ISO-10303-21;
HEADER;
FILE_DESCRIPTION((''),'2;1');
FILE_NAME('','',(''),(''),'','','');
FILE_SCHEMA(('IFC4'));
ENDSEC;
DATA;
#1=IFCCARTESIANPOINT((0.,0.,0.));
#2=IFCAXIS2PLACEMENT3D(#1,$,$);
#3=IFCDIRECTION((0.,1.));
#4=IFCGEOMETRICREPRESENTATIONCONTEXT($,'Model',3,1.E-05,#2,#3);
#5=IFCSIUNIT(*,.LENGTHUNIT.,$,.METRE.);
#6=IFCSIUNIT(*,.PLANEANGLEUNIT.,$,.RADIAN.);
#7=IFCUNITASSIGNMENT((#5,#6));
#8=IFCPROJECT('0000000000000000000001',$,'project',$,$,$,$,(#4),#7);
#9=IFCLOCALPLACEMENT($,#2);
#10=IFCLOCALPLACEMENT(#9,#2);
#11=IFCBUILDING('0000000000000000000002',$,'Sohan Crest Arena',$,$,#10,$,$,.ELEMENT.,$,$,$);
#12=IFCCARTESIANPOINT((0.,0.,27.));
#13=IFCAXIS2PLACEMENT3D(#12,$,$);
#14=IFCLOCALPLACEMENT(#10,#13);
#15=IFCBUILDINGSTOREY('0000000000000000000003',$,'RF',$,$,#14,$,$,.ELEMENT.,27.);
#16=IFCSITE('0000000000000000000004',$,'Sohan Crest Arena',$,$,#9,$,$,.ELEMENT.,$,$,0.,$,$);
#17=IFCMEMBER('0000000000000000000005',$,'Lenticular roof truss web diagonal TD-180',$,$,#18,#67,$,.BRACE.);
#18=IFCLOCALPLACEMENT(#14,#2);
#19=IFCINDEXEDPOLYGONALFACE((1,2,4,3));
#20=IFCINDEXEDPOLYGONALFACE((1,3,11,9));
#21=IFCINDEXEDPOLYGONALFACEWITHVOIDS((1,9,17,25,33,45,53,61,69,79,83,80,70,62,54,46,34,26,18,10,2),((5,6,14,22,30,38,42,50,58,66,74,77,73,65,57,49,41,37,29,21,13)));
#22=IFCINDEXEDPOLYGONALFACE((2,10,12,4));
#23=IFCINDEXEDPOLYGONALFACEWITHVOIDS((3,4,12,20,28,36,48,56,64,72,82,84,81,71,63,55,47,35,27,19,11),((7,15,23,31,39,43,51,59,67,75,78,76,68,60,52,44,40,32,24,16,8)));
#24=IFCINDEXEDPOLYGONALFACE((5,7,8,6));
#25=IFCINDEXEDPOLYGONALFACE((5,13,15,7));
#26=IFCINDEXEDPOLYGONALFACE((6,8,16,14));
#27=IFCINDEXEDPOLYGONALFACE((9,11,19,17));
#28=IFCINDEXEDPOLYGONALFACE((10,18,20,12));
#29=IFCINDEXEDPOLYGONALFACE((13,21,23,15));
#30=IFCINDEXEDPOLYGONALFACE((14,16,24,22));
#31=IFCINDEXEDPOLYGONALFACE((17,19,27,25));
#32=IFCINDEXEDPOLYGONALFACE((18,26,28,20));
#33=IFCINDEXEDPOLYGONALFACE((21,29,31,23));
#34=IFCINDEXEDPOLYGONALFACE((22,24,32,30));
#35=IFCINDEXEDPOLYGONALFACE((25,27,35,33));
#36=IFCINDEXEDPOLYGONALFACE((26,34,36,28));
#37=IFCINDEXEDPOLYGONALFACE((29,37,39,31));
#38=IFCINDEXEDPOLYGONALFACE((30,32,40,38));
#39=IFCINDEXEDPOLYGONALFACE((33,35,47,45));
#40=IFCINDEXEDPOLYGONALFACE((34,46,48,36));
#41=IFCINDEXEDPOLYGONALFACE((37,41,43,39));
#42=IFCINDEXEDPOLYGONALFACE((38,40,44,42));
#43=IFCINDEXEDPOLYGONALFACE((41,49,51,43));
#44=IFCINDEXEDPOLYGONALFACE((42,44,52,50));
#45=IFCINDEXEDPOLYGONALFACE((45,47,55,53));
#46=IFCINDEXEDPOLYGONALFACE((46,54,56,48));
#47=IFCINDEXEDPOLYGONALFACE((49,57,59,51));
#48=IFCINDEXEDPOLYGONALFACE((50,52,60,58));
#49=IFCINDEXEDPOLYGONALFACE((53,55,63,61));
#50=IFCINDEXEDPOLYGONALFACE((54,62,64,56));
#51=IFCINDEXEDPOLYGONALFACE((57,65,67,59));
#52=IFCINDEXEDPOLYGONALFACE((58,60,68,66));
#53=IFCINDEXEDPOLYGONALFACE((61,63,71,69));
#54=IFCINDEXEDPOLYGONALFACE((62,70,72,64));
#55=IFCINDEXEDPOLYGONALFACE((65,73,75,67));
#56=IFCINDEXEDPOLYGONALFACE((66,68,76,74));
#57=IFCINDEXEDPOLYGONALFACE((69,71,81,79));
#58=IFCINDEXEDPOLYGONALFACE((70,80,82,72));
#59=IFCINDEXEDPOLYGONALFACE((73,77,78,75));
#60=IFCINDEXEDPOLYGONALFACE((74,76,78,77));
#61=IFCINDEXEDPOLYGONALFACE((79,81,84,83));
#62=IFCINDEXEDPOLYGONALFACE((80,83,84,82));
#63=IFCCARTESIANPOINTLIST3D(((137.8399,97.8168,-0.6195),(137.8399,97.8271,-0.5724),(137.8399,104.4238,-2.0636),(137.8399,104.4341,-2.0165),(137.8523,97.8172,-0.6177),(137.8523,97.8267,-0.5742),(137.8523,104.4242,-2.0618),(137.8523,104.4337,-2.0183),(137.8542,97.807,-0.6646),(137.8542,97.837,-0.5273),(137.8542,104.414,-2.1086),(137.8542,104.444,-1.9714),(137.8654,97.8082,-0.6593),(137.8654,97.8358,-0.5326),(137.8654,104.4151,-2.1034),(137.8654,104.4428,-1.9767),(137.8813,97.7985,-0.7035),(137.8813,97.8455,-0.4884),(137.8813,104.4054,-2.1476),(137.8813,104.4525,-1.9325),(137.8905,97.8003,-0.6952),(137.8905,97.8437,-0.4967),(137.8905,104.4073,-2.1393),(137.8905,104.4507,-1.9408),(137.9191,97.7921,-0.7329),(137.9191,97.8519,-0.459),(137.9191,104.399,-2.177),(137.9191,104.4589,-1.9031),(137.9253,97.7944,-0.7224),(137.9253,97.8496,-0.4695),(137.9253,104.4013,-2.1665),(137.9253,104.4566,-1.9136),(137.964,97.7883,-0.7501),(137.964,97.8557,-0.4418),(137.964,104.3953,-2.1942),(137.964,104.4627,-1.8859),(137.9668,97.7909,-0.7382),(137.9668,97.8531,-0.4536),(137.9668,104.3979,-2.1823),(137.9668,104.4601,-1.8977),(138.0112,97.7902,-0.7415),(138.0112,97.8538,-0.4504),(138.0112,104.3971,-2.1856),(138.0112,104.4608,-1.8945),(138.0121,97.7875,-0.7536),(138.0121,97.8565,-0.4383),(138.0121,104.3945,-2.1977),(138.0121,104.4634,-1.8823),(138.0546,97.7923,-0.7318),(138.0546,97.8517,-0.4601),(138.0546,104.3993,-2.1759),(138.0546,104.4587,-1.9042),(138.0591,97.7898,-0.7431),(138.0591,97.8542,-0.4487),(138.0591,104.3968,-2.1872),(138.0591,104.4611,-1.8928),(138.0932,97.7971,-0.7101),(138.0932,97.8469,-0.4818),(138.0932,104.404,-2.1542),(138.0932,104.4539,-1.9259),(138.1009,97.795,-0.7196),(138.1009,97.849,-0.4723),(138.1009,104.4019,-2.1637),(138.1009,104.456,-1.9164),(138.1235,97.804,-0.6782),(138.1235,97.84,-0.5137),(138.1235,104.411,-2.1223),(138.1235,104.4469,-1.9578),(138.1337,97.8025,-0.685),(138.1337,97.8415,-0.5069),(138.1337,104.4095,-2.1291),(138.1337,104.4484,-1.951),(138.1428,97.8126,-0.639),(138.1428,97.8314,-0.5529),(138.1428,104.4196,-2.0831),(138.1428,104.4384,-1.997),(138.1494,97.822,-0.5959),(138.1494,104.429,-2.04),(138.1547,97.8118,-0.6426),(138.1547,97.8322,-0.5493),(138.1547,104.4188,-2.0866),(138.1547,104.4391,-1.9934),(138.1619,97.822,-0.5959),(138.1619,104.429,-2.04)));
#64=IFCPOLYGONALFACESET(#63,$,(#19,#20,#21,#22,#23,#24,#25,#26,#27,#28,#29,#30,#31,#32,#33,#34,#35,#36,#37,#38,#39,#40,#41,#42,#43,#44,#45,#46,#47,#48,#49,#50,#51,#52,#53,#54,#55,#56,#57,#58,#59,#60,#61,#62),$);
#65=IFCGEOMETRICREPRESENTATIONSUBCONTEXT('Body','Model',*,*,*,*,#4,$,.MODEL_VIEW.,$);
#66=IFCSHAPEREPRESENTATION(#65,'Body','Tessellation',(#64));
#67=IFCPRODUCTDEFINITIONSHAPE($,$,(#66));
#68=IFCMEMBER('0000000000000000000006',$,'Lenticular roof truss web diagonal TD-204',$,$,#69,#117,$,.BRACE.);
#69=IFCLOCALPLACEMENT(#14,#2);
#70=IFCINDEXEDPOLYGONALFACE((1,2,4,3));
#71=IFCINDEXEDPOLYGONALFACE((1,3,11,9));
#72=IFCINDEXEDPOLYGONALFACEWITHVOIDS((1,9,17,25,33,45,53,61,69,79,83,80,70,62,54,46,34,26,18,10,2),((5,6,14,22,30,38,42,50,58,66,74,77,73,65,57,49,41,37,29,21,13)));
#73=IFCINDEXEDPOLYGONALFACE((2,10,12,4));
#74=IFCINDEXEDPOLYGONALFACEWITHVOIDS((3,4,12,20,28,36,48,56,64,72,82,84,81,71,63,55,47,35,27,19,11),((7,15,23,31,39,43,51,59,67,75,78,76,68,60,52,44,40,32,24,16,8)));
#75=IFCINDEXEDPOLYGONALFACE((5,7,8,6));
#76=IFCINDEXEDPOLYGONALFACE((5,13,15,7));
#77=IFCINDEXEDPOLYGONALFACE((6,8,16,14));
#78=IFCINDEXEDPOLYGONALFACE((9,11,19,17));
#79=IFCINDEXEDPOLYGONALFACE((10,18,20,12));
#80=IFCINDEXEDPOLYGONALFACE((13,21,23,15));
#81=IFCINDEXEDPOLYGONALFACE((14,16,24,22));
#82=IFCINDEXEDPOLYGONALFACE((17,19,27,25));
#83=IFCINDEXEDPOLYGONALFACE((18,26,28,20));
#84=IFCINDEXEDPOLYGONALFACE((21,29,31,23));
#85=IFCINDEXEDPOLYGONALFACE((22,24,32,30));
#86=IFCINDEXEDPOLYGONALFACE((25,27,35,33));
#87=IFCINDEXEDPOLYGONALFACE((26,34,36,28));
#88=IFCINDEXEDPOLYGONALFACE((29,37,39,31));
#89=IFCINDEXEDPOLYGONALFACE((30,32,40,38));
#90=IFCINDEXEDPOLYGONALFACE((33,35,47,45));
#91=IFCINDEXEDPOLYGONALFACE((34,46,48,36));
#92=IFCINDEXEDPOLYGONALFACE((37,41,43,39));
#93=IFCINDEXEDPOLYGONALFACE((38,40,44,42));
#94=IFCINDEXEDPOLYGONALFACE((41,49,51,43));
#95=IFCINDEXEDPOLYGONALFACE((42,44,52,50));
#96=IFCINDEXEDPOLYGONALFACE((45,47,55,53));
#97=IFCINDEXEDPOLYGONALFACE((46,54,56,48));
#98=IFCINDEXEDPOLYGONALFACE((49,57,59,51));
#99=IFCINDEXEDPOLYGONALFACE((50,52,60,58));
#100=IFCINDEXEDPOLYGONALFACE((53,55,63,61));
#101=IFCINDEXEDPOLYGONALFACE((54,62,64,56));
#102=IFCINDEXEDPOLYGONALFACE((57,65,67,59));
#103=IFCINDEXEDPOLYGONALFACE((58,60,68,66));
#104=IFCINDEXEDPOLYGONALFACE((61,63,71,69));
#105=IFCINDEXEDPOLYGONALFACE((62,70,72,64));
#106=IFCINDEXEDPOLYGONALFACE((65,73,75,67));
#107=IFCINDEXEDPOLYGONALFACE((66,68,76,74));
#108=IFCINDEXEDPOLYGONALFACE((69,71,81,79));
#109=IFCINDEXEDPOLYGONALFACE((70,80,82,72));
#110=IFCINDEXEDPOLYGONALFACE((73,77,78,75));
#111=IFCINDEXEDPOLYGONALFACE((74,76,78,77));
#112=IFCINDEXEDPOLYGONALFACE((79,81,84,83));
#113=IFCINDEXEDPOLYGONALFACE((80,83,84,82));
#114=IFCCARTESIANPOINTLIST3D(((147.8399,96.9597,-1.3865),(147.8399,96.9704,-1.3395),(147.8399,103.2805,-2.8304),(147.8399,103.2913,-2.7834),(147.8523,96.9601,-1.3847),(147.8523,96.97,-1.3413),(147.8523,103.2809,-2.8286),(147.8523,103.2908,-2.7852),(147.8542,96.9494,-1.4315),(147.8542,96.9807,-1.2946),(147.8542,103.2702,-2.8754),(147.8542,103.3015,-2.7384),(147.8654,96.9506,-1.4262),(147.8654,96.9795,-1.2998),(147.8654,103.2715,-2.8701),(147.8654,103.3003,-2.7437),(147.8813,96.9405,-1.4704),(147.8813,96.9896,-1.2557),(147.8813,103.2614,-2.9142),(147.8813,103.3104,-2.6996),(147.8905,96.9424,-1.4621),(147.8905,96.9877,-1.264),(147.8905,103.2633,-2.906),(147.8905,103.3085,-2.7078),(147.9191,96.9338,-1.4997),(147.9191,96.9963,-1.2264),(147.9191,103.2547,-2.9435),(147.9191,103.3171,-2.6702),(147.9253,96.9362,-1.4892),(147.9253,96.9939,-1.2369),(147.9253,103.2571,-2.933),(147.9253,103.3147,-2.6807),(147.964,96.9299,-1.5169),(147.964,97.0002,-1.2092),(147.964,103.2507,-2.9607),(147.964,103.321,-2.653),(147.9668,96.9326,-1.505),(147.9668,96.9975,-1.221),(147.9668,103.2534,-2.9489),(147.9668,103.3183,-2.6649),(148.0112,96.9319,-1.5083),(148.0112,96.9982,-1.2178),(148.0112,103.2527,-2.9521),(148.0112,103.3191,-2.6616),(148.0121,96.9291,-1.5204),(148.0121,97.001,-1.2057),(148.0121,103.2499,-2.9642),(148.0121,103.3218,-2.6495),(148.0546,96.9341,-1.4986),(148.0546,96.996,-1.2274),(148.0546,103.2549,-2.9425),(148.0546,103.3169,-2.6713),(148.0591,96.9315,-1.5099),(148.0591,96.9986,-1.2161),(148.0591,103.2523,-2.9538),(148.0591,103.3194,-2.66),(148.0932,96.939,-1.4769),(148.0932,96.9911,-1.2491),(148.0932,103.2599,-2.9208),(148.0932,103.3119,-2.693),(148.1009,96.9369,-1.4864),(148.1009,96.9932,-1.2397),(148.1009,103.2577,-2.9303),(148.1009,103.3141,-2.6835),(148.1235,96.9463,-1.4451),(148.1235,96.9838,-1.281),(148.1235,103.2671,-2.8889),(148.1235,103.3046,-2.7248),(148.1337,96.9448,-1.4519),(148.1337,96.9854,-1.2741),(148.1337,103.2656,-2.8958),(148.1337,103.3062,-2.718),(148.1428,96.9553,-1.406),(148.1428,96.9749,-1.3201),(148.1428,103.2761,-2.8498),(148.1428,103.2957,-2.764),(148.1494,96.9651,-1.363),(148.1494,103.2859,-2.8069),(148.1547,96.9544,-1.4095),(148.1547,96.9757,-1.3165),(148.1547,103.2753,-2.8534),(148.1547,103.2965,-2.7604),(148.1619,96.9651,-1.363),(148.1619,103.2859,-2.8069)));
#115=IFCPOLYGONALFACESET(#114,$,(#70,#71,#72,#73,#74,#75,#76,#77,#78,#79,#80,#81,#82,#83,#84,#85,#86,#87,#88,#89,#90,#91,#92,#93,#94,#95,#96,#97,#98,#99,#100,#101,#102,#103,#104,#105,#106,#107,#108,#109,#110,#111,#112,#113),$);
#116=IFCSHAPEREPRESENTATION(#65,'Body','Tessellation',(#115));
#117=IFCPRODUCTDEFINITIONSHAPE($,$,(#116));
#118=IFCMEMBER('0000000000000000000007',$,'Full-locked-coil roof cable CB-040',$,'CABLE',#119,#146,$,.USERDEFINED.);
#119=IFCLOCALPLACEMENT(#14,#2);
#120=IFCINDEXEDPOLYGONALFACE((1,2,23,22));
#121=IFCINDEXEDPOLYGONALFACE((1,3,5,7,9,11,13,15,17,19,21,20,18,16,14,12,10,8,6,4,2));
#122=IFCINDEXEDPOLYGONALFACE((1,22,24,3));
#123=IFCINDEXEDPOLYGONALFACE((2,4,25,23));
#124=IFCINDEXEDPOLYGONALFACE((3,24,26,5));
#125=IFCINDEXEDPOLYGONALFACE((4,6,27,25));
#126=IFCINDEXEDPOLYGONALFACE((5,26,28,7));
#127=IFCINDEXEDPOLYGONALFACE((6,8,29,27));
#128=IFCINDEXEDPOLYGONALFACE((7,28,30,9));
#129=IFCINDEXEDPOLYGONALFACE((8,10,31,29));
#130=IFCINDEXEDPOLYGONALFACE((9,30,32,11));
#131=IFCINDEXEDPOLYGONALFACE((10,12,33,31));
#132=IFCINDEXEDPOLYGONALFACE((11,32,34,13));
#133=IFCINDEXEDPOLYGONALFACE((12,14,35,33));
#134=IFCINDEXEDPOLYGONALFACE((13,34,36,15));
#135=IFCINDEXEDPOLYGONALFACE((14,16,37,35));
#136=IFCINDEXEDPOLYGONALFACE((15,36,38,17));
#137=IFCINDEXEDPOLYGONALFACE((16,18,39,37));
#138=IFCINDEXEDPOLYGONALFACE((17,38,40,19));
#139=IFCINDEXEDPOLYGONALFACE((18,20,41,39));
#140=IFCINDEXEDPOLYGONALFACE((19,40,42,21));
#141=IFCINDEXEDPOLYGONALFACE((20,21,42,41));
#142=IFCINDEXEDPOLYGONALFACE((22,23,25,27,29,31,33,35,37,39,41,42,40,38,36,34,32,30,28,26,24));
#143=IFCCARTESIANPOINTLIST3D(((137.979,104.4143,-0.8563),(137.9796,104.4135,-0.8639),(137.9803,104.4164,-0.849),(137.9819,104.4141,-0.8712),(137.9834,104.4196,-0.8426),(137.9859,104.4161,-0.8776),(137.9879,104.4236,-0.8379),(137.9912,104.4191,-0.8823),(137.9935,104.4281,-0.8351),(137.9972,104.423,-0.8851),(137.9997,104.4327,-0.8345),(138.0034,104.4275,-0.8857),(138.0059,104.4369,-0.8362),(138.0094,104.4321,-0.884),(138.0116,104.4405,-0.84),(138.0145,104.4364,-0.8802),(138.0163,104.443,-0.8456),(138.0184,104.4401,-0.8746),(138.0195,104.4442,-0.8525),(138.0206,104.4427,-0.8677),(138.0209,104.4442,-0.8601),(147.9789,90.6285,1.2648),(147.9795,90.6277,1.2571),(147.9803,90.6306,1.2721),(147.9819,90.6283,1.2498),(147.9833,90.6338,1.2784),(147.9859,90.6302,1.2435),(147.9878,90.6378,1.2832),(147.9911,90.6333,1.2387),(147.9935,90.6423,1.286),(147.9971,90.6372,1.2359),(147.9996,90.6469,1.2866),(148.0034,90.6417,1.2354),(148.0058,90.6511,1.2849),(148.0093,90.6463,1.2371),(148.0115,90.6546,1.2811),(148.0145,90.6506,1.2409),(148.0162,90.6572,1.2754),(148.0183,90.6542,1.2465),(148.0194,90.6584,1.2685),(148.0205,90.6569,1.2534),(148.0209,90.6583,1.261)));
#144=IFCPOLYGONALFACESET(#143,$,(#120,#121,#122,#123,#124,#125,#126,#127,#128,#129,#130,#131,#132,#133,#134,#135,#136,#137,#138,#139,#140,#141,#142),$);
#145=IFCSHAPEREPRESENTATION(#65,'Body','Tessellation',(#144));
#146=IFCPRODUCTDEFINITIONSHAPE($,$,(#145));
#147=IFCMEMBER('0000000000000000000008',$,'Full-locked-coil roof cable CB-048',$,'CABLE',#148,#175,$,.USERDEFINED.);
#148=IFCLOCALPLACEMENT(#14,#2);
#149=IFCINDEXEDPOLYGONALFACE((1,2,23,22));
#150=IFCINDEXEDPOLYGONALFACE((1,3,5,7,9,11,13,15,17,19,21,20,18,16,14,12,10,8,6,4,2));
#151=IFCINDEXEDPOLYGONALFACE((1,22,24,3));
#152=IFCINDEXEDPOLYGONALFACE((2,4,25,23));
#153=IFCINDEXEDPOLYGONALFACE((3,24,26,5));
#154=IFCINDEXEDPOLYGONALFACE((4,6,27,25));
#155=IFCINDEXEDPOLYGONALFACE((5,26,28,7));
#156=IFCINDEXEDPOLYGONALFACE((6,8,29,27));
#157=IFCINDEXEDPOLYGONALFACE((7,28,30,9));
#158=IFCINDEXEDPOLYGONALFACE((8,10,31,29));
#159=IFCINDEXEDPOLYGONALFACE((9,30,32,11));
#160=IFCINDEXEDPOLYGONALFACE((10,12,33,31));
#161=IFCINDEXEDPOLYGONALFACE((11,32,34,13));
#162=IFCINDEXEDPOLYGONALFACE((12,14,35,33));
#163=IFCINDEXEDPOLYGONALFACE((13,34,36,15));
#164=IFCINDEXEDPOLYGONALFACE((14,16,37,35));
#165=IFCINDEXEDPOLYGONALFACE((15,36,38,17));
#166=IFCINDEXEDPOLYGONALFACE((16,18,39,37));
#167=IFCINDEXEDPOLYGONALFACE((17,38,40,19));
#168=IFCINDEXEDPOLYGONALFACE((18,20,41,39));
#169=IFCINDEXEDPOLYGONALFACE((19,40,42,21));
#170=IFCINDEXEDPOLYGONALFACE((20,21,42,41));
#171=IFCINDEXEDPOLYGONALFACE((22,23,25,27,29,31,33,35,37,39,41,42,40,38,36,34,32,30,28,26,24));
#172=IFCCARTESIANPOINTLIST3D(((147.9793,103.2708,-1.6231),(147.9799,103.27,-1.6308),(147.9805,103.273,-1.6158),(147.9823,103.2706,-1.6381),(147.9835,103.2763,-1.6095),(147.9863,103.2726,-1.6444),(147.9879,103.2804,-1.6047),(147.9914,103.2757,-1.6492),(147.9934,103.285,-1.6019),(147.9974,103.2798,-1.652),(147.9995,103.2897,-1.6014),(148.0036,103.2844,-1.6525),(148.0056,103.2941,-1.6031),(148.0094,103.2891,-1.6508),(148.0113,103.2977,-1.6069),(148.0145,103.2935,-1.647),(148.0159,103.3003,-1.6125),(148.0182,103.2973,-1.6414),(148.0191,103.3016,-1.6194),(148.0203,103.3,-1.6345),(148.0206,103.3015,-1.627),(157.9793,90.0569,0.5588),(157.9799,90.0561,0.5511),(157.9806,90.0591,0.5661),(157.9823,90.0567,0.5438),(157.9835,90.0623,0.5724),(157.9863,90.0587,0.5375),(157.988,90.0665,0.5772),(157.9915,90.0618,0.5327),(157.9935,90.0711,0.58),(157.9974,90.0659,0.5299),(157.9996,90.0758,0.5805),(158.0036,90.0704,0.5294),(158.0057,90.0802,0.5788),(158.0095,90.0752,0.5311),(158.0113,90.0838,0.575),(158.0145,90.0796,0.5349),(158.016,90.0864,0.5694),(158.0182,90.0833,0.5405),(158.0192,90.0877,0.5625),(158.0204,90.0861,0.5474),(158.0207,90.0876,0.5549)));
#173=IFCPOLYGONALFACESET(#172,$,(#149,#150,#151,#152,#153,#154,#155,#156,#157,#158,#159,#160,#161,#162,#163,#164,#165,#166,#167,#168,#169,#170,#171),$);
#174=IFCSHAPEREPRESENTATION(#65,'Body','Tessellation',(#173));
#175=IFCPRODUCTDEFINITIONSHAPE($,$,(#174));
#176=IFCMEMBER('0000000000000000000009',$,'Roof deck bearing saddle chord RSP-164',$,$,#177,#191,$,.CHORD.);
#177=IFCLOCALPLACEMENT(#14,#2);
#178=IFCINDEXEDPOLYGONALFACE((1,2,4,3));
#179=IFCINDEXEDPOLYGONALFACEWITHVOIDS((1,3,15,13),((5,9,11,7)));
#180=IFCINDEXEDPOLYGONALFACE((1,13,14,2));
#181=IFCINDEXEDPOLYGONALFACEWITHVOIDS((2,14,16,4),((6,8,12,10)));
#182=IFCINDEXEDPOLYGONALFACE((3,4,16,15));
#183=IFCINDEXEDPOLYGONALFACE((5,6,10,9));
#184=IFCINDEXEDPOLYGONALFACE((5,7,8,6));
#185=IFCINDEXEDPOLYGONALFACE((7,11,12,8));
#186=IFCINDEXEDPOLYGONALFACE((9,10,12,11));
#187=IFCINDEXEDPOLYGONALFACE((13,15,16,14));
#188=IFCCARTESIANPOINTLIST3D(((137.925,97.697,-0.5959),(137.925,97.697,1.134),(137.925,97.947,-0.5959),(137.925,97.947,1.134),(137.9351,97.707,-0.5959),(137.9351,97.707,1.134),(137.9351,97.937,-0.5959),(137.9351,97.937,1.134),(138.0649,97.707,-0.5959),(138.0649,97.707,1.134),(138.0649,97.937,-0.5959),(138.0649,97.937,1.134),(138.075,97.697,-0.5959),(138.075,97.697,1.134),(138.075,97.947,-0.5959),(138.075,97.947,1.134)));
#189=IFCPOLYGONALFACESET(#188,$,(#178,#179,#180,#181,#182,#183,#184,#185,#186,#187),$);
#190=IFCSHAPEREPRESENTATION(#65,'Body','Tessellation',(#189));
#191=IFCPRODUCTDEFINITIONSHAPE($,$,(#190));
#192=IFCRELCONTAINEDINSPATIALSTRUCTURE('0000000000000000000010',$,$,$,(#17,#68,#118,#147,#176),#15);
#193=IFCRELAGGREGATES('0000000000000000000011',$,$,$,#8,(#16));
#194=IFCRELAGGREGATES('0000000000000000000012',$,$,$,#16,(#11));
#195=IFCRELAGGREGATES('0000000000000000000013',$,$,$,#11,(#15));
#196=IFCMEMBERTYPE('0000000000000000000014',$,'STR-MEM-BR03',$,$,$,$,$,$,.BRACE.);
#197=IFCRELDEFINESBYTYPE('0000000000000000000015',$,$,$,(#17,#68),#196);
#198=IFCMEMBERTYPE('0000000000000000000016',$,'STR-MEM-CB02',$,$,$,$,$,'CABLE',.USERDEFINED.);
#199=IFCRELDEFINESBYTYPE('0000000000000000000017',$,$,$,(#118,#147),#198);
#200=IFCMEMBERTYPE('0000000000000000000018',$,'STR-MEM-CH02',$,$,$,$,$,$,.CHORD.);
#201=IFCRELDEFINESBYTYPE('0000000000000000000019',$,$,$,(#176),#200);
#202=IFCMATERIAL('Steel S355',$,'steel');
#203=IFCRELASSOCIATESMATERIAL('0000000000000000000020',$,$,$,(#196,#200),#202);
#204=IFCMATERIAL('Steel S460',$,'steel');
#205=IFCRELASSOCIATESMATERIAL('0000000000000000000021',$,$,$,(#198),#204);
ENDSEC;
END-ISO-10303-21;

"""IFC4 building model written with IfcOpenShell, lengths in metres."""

from ifc_helpers import new_model, si_unit, direction, frame, origin, origin_2d, place, context, subcontext, project, spatial, hollow_rectangle, circle, hollow_circle, extrude, material, material_profile, profile_set, type_object, element, save


model = new_model("IFC4")

# Units and contexts
model_context = context("Model", 3, precision=1e-05, world=origin(), true_north=direction((0.0, 1.0)))
body_context = subcontext(model_context, "Body", "Model", "MODEL_VIEW")
ifc_project = project(units=[si_unit("LENGTHUNIT", "METRE"), si_unit("PLANEANGLEUNIT", "RADIAN")], contexts=[model_context])

# Site, building, storey
site_placement = place(None, origin())
site = spatial("IfcSite", under=ifc_project, at=site_placement, Name="Sohan Crest Arena", CompositionType="ELEMENT", RefElevation=0.0)
building_placement = place(site_placement, origin())
building = spatial("IfcBuilding", under=site, at=building_placement, Name="Sohan Crest Arena", CompositionType="ELEMENT")
storey_placement = place(building_placement, frame((0.0, 0.0, 27.0)))
storey = spatial("IfcBuildingStorey", under=building, at=storey_placement, Name="RF", CompositionType="ELEMENT", Elevation=27.0)

# Shared definitions
ifc_material_1 = material(Name="Steel S355", Category="steel")

# Members
ifc_material_profile_1 = material_profile(ifc_material_1, hollow_circle(Radius=0.1619, WallThickness=0.0125, at=origin_2d()), Name="CHS 323.9x12.5")
ifc_profile_set_1 = profile_set([ifc_material_profile_1], Name="Steel S355")
member_type_1 = type_object("IfcMemberType", Name="STR-MEM-BR03", PredefinedType="BRACE", material=ifc_profile_set_1)
member_1_placement = place(storey_placement, frame((138.0, 104.429, -2.04), z_axis=(0.0, -0.976936, 0.213531), x_axis=(1.0, 0.0, 0.0)))
element("IfcMember", 1, at=member_1_placement, inside=storey, type_object=member_type_1, Name="Lenticular roof truss web diagonal TD-180", PredefinedType="BRACE", context=body_context, shape_type="SweptSolid", body=[
    extrude(hollow_circle(Radius=0.1619, WallThickness=0.0125, at=origin_2d()), origin(), (0.0, 0.0, 1.0), 6.7629),
])
member_2_placement = place(storey_placement, frame((148.0, 103.2859, -2.8069), z_axis=(0.0, -0.974889, 0.222692), x_axis=(1.0, 0.0, 0.0)))
element("IfcMember", 2, at=member_2_placement, inside=storey, type_object=member_type_1, Name="Lenticular roof truss web diagonal TD-204", PredefinedType="BRACE", context=body_context, shape_type="SweptSolid", body=[
    extrude(hollow_circle(Radius=0.1619, WallThickness=0.0125, at=origin_2d()), origin(), (0.0, 0.0, 1.0), 6.4836),
])
ifc_material_2 = material(Name="Steel S460", Category="steel")
ifc_material_profile_2 = material_profile(ifc_material_2, circle(Radius=0.0259, at=origin_2d()), Name="FLC D52")
ifc_profile_set_2 = profile_set([ifc_material_profile_2], Name="Steel S460")
member_type_2 = type_object("IfcMemberType", Name="STR-MEM-CB02", ElementType="CABLE", PredefinedType="USERDEFINED", material=ifc_profile_set_2)
member_3_placement = place(storey_placement, frame((138.0, 104.429, -0.8601), z_axis=(0.582667, -0.803259, 0.123589), x_axis=(0.809464, 0.587169, 0.0)))
element("IfcMember", 3, at=member_3_placement, inside=storey, type_object=member_type_2, Name="Full-locked-coil roof cable CB-040", ObjectType="CABLE", PredefinedType="USERDEFINED", context=body_context, shape_type="SweptSolid", body=[
    extrude(circle(Radius=0.0259, at=origin_2d()), origin(), (0.0, 0.0, 1.0), 17.1624),
])
member_4_placement = place(storey_placement, frame((148.0, 103.2859, -1.627), z_axis=(0.598291, -0.790574, 0.13054), x_axis=(0.797397, 0.603455, 0.0)))
element("IfcMember", 4, at=member_4_placement, inside=storey, type_object=member_type_2, Name="Full-locked-coil roof cable CB-048", ObjectType="CABLE", PredefinedType="USERDEFINED", context=body_context, shape_type="SweptSolid", body=[
    extrude(circle(Radius=0.0259, at=origin_2d()), origin(), (0.0, 0.0, 1.0), 16.7144),
])
ifc_material_profile_3 = material_profile(ifc_material_1, hollow_rectangle(XDim=0.1499, YDim=0.25, WallThickness=0.01, at=origin_2d()), Name="RHS 250x150x10")
ifc_profile_set_3 = profile_set([ifc_material_profile_3], Name="Steel S355")
member_type_3 = type_object("IfcMemberType", Name="STR-MEM-CH02", PredefinedType="CHORD", material=ifc_profile_set_3)
member_5_placement = place(storey_placement, frame((138.0, 97.822, -0.5959), z_axis=(0.0, 0.0, 1.0), x_axis=(1.0, 0.0, 0.0)))
element("IfcMember", 5, at=member_5_placement, inside=storey, type_object=member_type_3, Name="Roof deck bearing saddle chord RSP-164", PredefinedType="CHORD", context=body_context, shape_type="SweptSolid", body=[
    extrude(hollow_rectangle(XDim=0.1499, YDim=0.25, WallThickness=0.01, at=origin_2d()), origin(), (0.0, 0.0, 1.0), 1.73),
])

save(model, "model.ifc")
